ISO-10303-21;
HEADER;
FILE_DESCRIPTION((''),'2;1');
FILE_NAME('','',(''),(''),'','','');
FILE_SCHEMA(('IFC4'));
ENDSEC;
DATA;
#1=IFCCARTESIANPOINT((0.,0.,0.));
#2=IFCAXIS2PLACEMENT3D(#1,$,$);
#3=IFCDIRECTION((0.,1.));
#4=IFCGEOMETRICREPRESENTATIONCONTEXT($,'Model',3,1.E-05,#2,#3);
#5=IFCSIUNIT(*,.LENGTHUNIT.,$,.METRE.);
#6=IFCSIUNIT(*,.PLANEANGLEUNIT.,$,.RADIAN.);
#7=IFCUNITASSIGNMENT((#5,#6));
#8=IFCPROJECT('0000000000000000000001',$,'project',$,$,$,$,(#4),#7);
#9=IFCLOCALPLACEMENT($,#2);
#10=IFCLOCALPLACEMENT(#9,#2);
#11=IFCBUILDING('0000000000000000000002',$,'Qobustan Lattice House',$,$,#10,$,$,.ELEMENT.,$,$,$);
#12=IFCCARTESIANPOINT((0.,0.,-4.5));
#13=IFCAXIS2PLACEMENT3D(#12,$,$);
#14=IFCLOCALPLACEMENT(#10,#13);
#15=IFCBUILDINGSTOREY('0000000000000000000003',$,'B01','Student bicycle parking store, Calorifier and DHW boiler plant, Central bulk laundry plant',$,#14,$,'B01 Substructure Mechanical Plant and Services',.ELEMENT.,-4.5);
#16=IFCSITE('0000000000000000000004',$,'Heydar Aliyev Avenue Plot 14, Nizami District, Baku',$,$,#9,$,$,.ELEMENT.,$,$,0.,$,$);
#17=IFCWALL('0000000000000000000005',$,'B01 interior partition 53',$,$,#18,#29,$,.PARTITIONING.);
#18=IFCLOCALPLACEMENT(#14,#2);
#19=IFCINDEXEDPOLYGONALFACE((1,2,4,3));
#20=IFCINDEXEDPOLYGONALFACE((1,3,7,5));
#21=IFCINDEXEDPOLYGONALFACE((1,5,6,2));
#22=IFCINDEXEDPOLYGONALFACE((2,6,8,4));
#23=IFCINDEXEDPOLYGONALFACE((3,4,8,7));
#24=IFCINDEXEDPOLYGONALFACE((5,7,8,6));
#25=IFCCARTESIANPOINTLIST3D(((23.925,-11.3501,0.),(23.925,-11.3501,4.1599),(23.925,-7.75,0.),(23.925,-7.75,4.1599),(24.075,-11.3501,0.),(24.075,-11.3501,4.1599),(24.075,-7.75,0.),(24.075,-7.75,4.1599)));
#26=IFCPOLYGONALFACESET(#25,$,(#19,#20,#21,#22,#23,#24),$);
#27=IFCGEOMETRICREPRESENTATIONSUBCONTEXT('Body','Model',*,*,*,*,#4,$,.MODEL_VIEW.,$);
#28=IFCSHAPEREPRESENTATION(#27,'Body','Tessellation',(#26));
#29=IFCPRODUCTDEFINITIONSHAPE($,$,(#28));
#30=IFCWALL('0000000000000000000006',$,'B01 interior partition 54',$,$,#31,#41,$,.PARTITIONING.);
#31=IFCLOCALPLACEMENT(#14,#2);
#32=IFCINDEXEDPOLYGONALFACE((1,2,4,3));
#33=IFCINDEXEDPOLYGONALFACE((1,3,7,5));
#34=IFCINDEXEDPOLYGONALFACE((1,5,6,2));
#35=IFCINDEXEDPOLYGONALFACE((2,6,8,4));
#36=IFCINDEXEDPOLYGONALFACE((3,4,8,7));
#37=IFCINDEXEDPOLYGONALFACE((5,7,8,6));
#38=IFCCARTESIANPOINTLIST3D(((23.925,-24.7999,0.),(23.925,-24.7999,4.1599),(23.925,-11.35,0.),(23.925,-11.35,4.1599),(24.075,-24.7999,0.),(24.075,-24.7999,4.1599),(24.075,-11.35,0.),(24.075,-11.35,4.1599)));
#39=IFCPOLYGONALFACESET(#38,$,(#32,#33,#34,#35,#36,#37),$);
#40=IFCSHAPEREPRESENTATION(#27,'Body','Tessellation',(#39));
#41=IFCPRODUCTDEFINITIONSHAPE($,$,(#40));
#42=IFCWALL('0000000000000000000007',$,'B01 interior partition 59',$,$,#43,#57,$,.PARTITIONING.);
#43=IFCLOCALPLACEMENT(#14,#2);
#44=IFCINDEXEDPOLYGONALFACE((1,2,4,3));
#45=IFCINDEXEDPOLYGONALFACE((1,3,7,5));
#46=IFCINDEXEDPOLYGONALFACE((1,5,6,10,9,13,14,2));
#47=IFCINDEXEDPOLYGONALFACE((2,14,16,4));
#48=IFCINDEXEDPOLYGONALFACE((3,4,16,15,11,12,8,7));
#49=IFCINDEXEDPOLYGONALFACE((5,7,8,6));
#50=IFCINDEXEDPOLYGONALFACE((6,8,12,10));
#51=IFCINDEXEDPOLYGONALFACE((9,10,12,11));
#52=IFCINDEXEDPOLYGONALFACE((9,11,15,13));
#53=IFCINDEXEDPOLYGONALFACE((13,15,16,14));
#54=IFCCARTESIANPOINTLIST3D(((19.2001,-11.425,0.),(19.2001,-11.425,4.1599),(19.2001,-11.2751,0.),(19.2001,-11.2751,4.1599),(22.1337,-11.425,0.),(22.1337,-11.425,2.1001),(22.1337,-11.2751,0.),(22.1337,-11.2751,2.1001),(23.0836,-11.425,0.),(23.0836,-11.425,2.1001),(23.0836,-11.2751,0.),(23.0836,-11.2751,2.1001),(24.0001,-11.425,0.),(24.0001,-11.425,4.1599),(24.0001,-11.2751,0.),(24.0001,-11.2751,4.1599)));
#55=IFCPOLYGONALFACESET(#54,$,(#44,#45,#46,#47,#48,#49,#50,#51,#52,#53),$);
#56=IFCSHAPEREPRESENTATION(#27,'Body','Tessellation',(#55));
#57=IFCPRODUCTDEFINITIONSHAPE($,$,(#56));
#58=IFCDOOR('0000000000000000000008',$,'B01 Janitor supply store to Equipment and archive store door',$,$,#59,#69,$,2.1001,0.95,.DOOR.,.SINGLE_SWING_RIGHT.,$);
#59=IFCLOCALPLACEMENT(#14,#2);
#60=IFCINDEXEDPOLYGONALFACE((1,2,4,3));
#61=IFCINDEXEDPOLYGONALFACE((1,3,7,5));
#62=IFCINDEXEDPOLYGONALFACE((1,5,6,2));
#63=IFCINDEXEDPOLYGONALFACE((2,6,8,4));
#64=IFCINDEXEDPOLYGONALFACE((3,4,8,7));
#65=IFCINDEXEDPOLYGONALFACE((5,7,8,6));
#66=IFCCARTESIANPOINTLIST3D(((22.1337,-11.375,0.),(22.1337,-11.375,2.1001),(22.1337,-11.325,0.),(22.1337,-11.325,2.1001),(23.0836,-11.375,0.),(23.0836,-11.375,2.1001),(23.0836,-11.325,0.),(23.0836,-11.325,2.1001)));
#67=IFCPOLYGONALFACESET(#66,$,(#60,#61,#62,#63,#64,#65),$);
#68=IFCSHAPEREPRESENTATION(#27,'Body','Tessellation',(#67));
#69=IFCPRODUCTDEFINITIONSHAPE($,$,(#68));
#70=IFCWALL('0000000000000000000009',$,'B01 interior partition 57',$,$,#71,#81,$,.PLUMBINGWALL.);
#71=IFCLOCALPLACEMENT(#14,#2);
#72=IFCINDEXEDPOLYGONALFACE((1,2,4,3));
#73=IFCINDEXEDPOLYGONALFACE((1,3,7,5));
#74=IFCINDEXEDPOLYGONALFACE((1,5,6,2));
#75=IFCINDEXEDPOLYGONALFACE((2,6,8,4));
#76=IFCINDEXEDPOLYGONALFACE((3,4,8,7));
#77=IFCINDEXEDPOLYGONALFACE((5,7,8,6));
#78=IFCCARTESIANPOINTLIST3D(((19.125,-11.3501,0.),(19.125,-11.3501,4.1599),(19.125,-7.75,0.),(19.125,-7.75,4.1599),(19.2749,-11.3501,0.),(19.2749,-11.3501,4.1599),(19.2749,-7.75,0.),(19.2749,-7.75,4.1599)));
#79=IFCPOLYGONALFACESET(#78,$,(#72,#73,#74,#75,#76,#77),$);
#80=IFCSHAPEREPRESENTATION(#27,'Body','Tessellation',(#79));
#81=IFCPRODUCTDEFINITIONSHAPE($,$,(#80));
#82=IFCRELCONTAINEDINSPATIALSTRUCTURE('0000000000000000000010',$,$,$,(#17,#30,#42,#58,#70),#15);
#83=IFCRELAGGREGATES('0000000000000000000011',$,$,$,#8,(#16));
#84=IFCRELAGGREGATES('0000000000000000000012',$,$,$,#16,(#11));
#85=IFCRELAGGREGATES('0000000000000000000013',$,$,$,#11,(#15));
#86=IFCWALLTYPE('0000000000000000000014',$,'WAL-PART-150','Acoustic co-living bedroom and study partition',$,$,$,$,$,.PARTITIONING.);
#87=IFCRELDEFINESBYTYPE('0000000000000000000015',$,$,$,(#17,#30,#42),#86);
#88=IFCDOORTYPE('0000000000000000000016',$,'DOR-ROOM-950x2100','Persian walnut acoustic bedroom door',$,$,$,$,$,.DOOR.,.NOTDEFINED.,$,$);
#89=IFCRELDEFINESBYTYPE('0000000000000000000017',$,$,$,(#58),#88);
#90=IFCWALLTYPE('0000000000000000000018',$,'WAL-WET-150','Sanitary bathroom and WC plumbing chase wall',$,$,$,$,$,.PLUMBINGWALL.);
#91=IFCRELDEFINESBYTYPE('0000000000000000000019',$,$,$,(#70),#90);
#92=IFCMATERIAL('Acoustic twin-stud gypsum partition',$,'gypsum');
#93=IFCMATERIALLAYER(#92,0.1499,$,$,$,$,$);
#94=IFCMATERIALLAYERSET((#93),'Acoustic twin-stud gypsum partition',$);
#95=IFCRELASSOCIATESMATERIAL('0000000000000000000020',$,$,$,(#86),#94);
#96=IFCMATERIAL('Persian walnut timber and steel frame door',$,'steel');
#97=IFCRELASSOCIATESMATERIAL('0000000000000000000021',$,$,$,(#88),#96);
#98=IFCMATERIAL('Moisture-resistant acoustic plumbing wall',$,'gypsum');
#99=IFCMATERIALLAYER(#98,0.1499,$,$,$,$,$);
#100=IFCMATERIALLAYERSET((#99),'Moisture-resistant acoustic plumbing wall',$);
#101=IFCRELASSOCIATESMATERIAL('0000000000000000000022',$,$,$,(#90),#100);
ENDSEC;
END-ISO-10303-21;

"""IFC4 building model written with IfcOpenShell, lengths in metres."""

from ifc_helpers import new_model, si_unit, direction, frame, frame_2d, origin, place, context, subcontext, project, spatial, rectangle, extrude, material, layer, layer_set, type_object, element, fill, save


model = new_model("IFC4")

# Units and contexts
model_context = context("Model", 3, precision=1e-05, world=origin(), true_north=direction((0.0, 1.0)))
body_context = subcontext(model_context, "Body", "Model", "MODEL_VIEW")
ifc_project = project(units=[si_unit("LENGTHUNIT", "METRE"), si_unit("PLANEANGLEUNIT", "RADIAN")], contexts=[model_context])

# Site, building, storey
site_placement = place(None, origin())
site = spatial("IfcSite", under=ifc_project, at=site_placement, Name="Heydar Aliyev Avenue Plot 14, Nizami District, Baku", CompositionType="ELEMENT", RefElevation=0.0)
building_placement = place(site_placement, origin())
building = spatial("IfcBuilding", under=site, at=building_placement, Name="Qobustan Lattice House", CompositionType="ELEMENT")
storey_placement = place(building_placement, frame((0.0, 0.0, -4.5)))
storey = spatial("IfcBuildingStorey", under=building, at=storey_placement, Name="B01", Description="Student bicycle parking store, Calorifier and DHW boiler plant, Central bulk laundry plant", LongName="B01 Substructure Mechanical Plant and Services", CompositionType="ELEMENT", Elevation=-4.5)

# Shared definitions
ifc_material_1 = material(Name="Acoustic twin-stud gypsum partition", Category="gypsum")
ifc_layer_1 = layer(ifc_material_1, 0.1499)
ifc_layer_set_1 = layer_set([ifc_layer_1], Name="Acoustic twin-stud gypsum partition")
wall_type_1 = type_object("IfcWallType", Name="WAL-PART-150", Description="Acoustic co-living bedroom and study partition", PredefinedType="PARTITIONING", material=ifc_layer_set_1)

# Shared definitions
ifc_material_2 = material(Name="Persian walnut timber and steel frame door", Category="steel")
door_type = type_object("IfcDoorType", Name="DOR-ROOM-950x2100", Description="Persian walnut acoustic bedroom door", OperationType="NOTDEFINED", PredefinedType="DOOR", material=ifc_material_2)

# Walls
wall_1_placement = place(storey_placement, frame((24.0, -11.3501, 0.0), z_axis=(0.0, 0.0, 1.0), x_axis=(0.0, 1.0, 0.0)))
element("IfcWall", 1, at=wall_1_placement, inside=storey, type_object=wall_type_1, Name="B01 interior partition 53", PredefinedType="PARTITIONING", context=body_context, shape_type="SweptSolid", body=[
    extrude(rectangle(XDim=3.6001, YDim=0.1499, at=frame_2d((1.8, 0.0))), origin(), (0.0, 0.0, 1.0), 4.1599),
])
wall_2_placement = place(storey_placement, frame((24.0, -24.8, 0.0), z_axis=(0.0, 0.0, 1.0), x_axis=(0.0, 1.0, 0.0)))
element("IfcWall", 2, at=wall_2_placement, inside=storey, type_object=wall_type_1, Name="B01 interior partition 54", PredefinedType="PARTITIONING", context=body_context, shape_type="SweptSolid", body=[
    extrude(rectangle(XDim=13.45, YDim=0.1499, at=frame_2d((6.7251, 0.0))), origin(), (0.0, 0.0, 1.0), 4.1599),
])

# Wall, opening, door
wall_3_placement = place(storey_placement, frame((24.0, -11.3501, 0.0), z_axis=(0.0, 0.0, 1.0), x_axis=(-1.0, 0.0, 0.0)))
wall_3 = element("IfcWall", 3, at=wall_3_placement, inside=storey, type_object=wall_type_1, Name="B01 interior partition 59", PredefinedType="PARTITIONING", context=body_context, shape_type="SweptSolid", body=[
    extrude(rectangle(XDim=4.8, YDim=0.1499, at=frame_2d((2.3999, 0.0))), origin(), (0.0, 0.0, 1.0), 4.1599),
])
opening_1_placement = place(wall_3_placement, frame((0.9163, 0.0, 0.0)))
opening_1 = element("IfcOpeningElement", 4, at=opening_1_placement, cuts=wall_3, PredefinedType="OPENING", context=body_context, shape_type="SweptSolid", body=[
    extrude(rectangle(XDim=0.95, YDim=2.1001, at=frame_2d((0.4751, 1.05))), frame((0.0, 0.085, 0.0), z_axis=(0.0, -1.0, 0.0), x_axis=(1.0, 0.0, 0.0)), (0.0, 0.0, 1.0), 0.1699),
])
door_1_placement = place(opening_1_placement, origin())
door_1 = element("IfcDoor", 5, at=door_1_placement, inside=storey, type_object=door_type, Name="B01 Janitor supply store to Equipment and archive store door", OperationType="SINGLE_SWING_RIGHT", OverallHeight=2.1001, OverallWidth=0.95, PredefinedType="DOOR", context=body_context, shape_type="SweptSolid", body=[
    extrude(rectangle(XDim=0.95, YDim=2.1001, at=frame_2d((0.4751, 1.05))), frame((0.0, 0.0249, 0.0), z_axis=(0.0, -1.0, 0.0), x_axis=(1.0, 0.0, 0.0)), (0.0, 0.0, 1.0), 0.05),
])
fill(opening_1, door_1)

# Wall
ifc_material_3 = material(Name="Moisture-resistant acoustic plumbing wall", Category="gypsum")
ifc_layer_2 = layer(ifc_material_3, 0.1499)
ifc_layer_set_2 = layer_set([ifc_layer_2], Name="Moisture-resistant acoustic plumbing wall")
wall_type_2 = type_object("IfcWallType", Name="WAL-WET-150", Description="Sanitary bathroom and WC plumbing chase wall", PredefinedType="PLUMBINGWALL", material=ifc_layer_set_2)
wall_4_placement = place(storey_placement, frame((19.2, -7.75, 0.0), z_axis=(0.0, 0.0, 1.0), x_axis=(0.0, -1.0, 0.0)))
element("IfcWall", 6, at=wall_4_placement, inside=storey, type_object=wall_type_2, Name="B01 interior partition 57", PredefinedType="PLUMBINGWALL", context=body_context, shape_type="SweptSolid", body=[
    extrude(rectangle(XDim=3.6001, YDim=0.1499, at=frame_2d((1.8, 0.0))), origin(), (0.0, 0.0, 1.0), 4.1599),
])

save(model, "model.ifc")
